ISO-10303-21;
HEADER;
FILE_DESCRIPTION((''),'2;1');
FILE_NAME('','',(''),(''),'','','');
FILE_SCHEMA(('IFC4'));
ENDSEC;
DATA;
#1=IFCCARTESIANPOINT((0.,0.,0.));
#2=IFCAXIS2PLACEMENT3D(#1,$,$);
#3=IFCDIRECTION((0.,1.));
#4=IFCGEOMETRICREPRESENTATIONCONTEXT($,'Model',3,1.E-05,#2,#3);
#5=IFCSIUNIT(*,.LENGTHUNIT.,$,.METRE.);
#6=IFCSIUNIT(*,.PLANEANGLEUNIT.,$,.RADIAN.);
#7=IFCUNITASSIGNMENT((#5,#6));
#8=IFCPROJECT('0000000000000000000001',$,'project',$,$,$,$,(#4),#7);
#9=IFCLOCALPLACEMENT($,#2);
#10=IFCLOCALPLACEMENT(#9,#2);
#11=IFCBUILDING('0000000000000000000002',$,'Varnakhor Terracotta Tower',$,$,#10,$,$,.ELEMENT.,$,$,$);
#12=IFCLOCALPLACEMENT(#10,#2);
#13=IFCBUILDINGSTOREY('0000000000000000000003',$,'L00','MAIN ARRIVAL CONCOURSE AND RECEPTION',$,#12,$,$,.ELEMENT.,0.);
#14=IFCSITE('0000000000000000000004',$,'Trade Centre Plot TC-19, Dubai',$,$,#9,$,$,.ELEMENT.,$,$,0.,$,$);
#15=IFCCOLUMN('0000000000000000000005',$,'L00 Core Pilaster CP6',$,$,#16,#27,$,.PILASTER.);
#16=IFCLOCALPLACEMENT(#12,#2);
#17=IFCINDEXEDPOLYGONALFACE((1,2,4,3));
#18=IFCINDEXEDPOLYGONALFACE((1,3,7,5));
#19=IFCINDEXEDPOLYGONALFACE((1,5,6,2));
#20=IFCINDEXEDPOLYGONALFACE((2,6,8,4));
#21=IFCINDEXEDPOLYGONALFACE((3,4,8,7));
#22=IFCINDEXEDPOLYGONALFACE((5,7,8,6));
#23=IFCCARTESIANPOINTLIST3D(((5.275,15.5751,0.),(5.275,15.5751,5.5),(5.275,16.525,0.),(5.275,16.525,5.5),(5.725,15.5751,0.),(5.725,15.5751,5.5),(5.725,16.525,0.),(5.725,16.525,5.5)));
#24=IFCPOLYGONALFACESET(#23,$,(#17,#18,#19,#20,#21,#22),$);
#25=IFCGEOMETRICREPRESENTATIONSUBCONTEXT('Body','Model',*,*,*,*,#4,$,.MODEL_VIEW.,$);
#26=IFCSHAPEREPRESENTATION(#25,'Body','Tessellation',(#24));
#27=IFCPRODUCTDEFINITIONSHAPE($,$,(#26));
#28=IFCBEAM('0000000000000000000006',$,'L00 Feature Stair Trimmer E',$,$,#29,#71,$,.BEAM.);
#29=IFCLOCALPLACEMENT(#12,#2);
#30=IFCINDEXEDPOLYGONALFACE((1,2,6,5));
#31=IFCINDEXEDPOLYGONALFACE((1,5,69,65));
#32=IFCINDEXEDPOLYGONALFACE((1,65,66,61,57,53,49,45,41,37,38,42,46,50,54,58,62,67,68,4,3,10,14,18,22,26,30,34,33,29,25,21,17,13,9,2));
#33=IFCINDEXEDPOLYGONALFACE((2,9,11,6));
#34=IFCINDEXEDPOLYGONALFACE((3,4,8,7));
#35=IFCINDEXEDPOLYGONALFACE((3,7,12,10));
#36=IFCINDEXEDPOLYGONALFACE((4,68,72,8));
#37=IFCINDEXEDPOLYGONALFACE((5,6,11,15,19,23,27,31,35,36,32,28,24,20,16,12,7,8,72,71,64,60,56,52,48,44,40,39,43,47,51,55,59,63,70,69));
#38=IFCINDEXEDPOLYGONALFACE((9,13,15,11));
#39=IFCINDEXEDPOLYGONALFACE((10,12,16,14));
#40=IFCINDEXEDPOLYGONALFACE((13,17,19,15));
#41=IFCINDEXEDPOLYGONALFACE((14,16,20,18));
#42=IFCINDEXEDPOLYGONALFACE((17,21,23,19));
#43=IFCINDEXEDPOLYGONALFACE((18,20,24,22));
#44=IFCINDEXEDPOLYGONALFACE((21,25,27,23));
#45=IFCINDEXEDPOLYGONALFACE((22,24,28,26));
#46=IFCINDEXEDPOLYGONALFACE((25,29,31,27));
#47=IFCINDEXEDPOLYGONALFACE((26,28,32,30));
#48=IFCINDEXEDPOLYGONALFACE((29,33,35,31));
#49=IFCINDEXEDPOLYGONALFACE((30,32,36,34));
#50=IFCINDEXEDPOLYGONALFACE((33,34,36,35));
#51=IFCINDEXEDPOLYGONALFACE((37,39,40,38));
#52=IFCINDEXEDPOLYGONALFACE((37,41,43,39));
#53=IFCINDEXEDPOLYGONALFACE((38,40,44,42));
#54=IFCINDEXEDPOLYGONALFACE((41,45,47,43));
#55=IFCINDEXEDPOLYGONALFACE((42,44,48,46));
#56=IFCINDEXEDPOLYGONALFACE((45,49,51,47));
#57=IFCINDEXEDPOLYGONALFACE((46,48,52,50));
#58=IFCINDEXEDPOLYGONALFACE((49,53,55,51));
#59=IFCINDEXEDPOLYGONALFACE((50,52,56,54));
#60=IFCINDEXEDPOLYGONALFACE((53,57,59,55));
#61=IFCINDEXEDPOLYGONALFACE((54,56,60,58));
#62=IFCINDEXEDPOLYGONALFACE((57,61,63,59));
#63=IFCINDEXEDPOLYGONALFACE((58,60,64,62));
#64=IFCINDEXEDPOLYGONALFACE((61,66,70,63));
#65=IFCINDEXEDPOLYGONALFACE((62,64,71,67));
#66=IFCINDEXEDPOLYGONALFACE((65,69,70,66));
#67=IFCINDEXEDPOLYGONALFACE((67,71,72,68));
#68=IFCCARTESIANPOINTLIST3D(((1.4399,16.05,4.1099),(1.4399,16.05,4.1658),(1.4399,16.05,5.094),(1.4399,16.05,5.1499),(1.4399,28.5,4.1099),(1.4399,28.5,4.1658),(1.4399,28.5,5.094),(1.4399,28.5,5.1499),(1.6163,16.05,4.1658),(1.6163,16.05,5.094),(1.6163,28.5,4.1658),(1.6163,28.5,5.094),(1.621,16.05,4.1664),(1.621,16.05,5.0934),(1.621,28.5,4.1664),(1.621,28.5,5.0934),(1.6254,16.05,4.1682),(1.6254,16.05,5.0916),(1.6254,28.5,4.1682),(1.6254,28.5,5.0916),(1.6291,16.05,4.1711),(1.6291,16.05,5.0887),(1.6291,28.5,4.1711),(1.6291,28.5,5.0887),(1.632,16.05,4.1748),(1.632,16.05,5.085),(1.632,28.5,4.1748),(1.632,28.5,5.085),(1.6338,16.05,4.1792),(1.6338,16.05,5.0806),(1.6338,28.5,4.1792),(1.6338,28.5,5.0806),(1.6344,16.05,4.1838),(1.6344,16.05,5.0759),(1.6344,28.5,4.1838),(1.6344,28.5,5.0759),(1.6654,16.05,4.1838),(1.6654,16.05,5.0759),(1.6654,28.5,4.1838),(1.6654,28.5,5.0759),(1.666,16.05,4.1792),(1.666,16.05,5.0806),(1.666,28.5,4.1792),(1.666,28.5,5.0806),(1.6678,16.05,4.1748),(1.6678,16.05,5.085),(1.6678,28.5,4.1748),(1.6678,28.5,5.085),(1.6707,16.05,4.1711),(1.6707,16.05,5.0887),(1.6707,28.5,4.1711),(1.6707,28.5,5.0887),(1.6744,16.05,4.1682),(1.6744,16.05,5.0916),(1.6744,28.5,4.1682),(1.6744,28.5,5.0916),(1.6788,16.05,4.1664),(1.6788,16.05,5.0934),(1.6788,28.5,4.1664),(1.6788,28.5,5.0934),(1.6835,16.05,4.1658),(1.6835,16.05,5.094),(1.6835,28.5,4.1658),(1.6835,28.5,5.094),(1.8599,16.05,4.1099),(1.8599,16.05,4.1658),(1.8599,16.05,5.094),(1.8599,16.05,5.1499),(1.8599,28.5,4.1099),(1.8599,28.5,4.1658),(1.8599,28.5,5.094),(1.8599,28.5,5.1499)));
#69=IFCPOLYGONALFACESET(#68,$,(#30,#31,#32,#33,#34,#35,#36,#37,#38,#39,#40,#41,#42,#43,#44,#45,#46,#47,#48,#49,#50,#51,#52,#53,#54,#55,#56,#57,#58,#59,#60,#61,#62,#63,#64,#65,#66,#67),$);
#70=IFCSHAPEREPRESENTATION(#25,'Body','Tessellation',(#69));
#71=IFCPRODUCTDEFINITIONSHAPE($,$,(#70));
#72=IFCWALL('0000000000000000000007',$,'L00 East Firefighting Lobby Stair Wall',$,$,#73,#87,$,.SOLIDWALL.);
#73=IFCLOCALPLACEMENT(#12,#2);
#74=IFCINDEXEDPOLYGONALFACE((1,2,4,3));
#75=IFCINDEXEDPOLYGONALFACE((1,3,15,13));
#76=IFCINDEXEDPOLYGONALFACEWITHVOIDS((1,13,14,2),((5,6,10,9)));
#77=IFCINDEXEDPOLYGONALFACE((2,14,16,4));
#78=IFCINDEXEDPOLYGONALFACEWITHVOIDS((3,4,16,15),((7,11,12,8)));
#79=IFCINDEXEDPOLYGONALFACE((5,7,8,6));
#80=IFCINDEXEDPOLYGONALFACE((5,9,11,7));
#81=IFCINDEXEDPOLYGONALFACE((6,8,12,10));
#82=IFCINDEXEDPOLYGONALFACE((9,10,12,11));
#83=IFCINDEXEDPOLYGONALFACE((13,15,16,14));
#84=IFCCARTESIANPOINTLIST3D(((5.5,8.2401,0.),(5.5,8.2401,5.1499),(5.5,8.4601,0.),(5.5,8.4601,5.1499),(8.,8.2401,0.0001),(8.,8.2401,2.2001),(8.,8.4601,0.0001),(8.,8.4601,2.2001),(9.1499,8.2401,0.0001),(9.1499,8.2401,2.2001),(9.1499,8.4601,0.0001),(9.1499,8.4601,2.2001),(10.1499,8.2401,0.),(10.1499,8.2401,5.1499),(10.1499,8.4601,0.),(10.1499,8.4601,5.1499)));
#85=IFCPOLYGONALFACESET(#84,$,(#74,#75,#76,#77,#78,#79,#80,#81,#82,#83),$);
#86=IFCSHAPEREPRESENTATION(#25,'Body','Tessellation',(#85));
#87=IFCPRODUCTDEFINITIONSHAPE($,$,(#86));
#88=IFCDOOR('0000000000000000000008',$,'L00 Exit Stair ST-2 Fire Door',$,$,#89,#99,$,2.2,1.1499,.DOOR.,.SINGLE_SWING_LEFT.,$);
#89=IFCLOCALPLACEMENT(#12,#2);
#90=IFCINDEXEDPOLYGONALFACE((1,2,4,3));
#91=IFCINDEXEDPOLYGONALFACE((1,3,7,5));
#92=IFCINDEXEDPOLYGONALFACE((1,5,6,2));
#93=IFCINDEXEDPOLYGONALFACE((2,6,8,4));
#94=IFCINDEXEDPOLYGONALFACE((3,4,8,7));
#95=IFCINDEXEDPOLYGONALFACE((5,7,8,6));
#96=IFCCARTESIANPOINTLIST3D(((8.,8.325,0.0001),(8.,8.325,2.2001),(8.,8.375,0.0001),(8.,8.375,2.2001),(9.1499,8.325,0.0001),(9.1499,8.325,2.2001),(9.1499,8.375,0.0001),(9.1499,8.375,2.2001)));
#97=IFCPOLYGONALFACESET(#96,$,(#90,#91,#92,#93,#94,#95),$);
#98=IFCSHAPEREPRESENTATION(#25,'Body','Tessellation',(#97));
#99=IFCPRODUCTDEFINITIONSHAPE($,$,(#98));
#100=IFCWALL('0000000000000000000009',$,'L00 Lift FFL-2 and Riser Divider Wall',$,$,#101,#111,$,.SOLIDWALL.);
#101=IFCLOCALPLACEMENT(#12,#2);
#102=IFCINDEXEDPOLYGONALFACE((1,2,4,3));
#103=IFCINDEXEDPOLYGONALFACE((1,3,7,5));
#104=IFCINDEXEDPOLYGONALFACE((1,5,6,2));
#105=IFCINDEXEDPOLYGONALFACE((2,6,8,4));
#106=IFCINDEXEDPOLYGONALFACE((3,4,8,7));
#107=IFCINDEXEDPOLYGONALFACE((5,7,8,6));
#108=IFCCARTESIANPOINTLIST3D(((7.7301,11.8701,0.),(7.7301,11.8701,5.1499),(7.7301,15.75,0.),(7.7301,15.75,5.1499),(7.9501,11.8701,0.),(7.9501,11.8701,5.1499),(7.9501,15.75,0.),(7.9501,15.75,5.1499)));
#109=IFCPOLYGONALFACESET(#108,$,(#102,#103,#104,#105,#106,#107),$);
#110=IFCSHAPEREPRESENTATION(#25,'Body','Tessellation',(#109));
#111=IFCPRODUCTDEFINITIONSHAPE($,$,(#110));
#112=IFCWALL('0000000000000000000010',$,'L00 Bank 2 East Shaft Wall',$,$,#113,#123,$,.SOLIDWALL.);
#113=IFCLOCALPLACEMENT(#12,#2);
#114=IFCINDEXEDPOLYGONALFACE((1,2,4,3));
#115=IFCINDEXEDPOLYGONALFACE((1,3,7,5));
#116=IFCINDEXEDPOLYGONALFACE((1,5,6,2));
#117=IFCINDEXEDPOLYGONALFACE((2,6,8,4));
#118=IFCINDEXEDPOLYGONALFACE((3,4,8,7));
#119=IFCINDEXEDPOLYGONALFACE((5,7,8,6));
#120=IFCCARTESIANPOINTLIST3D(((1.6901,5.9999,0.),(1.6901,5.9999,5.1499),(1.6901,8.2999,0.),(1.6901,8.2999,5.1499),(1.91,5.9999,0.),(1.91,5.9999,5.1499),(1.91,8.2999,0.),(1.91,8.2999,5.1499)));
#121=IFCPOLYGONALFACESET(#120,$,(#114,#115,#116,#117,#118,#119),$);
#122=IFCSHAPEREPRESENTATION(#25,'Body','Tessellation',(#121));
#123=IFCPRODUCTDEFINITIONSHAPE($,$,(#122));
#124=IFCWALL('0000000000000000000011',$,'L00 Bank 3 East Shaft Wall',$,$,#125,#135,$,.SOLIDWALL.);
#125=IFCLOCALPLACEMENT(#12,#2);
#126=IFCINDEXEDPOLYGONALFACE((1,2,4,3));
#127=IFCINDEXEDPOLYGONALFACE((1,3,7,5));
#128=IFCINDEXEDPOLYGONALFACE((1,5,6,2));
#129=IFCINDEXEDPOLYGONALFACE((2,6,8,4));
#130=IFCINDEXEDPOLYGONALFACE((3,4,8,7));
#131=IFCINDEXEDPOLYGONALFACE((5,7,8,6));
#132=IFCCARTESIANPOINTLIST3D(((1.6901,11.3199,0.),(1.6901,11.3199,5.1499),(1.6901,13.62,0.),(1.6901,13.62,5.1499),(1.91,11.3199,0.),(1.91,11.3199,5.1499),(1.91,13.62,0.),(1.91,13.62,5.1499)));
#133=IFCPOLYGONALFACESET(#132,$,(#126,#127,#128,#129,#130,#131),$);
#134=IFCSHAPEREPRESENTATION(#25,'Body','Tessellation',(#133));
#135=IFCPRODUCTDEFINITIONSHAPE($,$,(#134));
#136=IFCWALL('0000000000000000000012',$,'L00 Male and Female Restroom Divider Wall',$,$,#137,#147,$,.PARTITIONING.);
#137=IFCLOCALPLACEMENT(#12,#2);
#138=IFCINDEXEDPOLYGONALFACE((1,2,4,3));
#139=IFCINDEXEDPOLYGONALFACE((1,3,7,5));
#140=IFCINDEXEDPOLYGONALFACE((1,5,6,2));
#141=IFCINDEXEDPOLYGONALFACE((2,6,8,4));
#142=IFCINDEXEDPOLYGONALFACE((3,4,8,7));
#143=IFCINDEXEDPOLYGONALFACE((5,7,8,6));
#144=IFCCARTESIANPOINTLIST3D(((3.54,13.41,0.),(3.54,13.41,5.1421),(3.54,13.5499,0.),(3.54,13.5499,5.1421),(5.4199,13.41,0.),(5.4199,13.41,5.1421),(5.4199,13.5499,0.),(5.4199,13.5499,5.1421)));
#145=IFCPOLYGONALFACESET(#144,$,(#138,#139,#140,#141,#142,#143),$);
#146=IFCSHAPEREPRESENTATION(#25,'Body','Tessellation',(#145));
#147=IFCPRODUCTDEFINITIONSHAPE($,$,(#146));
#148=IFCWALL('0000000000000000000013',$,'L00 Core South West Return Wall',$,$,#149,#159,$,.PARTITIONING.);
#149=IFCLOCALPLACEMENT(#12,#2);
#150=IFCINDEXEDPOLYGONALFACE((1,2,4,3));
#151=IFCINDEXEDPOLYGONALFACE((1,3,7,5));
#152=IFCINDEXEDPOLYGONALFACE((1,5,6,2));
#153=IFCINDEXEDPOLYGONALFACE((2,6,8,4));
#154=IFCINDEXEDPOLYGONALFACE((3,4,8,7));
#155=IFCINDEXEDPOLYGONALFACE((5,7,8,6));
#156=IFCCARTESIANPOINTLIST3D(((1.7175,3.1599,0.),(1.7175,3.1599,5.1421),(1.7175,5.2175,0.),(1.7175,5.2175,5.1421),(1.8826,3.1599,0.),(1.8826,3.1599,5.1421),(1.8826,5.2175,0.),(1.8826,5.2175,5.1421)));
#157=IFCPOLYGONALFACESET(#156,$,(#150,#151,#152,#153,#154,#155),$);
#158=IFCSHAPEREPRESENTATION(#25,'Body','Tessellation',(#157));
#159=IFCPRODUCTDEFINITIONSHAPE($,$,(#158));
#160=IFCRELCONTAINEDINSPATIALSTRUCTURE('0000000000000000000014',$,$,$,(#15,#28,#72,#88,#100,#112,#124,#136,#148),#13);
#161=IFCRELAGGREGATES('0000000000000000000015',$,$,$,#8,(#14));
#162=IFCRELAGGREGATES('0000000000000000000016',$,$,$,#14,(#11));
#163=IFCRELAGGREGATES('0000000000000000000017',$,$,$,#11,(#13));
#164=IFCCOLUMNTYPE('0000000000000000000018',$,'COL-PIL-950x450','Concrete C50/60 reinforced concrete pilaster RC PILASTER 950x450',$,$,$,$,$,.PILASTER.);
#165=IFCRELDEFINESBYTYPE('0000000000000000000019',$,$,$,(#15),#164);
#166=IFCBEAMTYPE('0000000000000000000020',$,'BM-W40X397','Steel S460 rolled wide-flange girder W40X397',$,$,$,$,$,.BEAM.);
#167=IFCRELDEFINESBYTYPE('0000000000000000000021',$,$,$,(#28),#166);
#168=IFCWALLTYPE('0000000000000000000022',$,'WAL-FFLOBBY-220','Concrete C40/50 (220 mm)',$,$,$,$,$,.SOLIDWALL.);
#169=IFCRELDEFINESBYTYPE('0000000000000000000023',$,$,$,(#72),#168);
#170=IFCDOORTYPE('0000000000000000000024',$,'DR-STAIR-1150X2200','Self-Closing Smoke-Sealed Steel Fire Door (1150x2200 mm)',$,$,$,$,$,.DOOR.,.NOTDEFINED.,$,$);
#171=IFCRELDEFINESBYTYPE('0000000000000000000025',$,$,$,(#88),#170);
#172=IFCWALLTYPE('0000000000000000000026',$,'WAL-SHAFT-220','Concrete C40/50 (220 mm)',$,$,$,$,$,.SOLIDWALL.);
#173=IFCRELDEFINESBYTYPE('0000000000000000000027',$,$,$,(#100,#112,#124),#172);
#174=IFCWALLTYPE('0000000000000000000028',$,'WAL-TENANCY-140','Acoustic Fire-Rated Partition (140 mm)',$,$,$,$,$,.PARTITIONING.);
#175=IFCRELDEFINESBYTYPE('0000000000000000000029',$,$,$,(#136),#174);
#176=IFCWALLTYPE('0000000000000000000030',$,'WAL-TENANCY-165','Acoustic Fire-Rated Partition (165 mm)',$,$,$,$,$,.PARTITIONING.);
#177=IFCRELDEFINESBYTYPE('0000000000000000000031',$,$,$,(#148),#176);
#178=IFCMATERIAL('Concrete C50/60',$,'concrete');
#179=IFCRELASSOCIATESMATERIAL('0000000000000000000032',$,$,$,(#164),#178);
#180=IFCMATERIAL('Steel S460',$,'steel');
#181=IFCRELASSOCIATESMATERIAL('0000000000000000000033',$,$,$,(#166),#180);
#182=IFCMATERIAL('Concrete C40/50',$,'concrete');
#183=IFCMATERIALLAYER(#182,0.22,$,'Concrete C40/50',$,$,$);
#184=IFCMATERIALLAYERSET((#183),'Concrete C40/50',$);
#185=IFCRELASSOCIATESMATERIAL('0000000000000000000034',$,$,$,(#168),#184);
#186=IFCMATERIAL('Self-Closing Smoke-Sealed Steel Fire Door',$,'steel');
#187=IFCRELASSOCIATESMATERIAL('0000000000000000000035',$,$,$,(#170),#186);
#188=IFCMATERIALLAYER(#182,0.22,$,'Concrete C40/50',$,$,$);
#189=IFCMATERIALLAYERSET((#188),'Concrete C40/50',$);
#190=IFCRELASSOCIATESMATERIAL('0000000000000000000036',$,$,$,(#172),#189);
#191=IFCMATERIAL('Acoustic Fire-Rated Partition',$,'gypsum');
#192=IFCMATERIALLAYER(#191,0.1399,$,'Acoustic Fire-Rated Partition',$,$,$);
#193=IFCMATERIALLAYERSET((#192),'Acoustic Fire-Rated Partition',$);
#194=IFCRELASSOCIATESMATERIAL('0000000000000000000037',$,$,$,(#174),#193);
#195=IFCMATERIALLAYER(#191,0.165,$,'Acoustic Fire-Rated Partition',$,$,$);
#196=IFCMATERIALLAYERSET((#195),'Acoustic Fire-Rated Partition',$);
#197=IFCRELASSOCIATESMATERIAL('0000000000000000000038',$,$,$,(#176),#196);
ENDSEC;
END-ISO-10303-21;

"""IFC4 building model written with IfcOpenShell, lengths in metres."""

from ifc_helpers import new_model, si_unit, direction, frame, frame_2d, origin, origin_2d, place, context, subcontext, project, spatial, rectangle, i_section, extrude, source, transform, mapped, material, layer, layer_set, material_profile, profile_set, type_object, type_shapes, element, fill, save


model = new_model("IFC4")

# Units and contexts
model_context = context("Model", 3, precision=1e-05, world=origin(), true_north=direction((0.0, 1.0)))
body_context = subcontext(model_context, "Body", "Model", "MODEL_VIEW")
ifc_project = project(units=[si_unit("LENGTHUNIT", "METRE"), si_unit("PLANEANGLEUNIT", "RADIAN")], contexts=[model_context])

# Site, building, storey
site_placement = place(None, origin())
site = spatial("IfcSite", under=ifc_project, at=site_placement, Name="Trade Centre Plot TC-19, Dubai", CompositionType="ELEMENT", RefElevation=0.0)
building_placement = place(site_placement, origin())
building = spatial("IfcBuilding", under=site, at=building_placement, Name="Varnakhor Terracotta Tower", CompositionType="ELEMENT")
storey_placement = place(building_placement, origin())
storey = spatial("IfcBuildingStorey", under=building, at=storey_placement, Name="L00", Description="MAIN ARRIVAL CONCOURSE AND RECEPTION", CompositionType="ELEMENT", Elevation=0.0)

# Column
ifc_material_1 = material(Name="Concrete C50/60", Category="concrete")
ifc_material_profile_1 = material_profile(ifc_material_1, rectangle(XDim=0.45, YDim=0.95, at=origin_2d()), Name="RC PILASTER 950x450")
ifc_profile_set_1 = profile_set([ifc_material_profile_1], Name="Concrete C50/60")
column_type = type_object("IfcColumnType", Name="COL-PIL-950x450", Description="Concrete C50/60 reinforced concrete pilaster RC PILASTER 950x450", PredefinedType="PILASTER", material=ifc_profile_set_1)
shared_shape_1 = source(origin(), body_context, "Body", "SweptSolid", [
    extrude(rectangle(XDim=0.45, YDim=0.95, at=origin_2d()), origin(), (0.0, 0.0, 1.0), 5.5),
])
column_placement = place(storey_placement, frame((5.5, 16.05, 0.0), z_axis=(0.0, 0.0, 1.0), x_axis=(1.0, 0.0, 0.0)))
element("IfcColumn", 1, at=column_placement, inside=storey, type_object=column_type, Name="L00 Core Pilaster CP6", PredefinedType="PILASTER", context=body_context, shape_type="MappedRepresentation", body=[
    mapped(shared_shape_1, transform((0.0, 0.0, 0.0), scale=1.0)),
])

# Beam
ifc_material_2 = material(Name="Steel S460", Category="steel")
ifc_material_profile_2 = material_profile(ifc_material_2, i_section(OverallWidth=0.4199, OverallDepth=1.04, WebThickness=0.031, FlangeThickness=0.0559, FilletRadius=0.0181, at=origin_2d()), Name="W40X397")
ifc_profile_set_2 = profile_set([ifc_material_profile_2], Name="Steel S460")
beam_type = type_object("IfcBeamType", Name="BM-W40X397", Description="Steel S460 rolled wide-flange girder W40X397", PredefinedType="BEAM", material=ifc_profile_set_2)
shared_shape_2 = source(origin(), body_context, "Body", "SweptSolid", [
    extrude(i_section(OverallWidth=0.4199, OverallDepth=1.04, WebThickness=0.031, FlangeThickness=0.0559, FilletRadius=0.0181, at=origin_2d()), origin(), (0.0, 0.0, 1.0), 12.45),
])
beam_placement = place(storey_placement, frame((1.6499, 16.05, 4.6299), z_axis=(0.0, 1.0, 0.0), x_axis=(-1.0, 0.0, 0.0)))
element("IfcBeam", 2, at=beam_placement, inside=storey, type_object=beam_type, Name="L00 Feature Stair Trimmer E", PredefinedType="BEAM", context=body_context, shape_type="MappedRepresentation", body=[
    mapped(shared_shape_2, transform((0.0, 0.0, 0.0), scale=1.0)),
])

# Wall, opening, door
ifc_material_3 = material(Name="Concrete C40/50", Category="concrete")
ifc_layer_1 = layer(ifc_material_3, 0.22, Name="Concrete C40/50")
ifc_layer_set_1 = layer_set([ifc_layer_1], Name="Concrete C40/50")
wall_type_1 = type_object("IfcWallType", Name="WAL-FFLOBBY-220", Description="Concrete C40/50 (220 mm)", PredefinedType="SOLIDWALL", material=ifc_layer_set_1)
wall_1_placement = place(storey_placement, frame((5.5, 8.3501, 0.0), z_axis=(0.0, 0.0, 1.0), x_axis=(1.0, 0.0, 0.0)))
wall_1 = element("IfcWall", 3, at=wall_1_placement, inside=storey, type_object=wall_type_1, Name="L00 East Firefighting Lobby Stair Wall", PredefinedType="SOLIDWALL", context=body_context, shape_type="SweptSolid", body=[
    extrude(rectangle(XDim=4.6499, YDim=0.22, at=frame_2d((2.325, 0.0))), origin(), (0.0, 0.0, 1.0), 5.1499),
])
opening_1_placement = place(wall_1_placement, frame((2.5, 0.0, 0.0)))
opening_1 = element("IfcOpeningElement", 4, at=opening_1_placement, cuts=wall_1, PredefinedType="OPENING", context=body_context, shape_type="SweptSolid", body=[
    extrude(rectangle(XDim=1.1499, YDim=2.2, at=frame_2d((0.575, 1.1001))), frame((0.0, 0.1201, 0.0), z_axis=(0.0, -1.0, 0.0), x_axis=(1.0, 0.0, 0.0)), (0.0, 0.0, 1.0), 0.24),
])
ifc_material_4 = material(Name="Self-Closing Smoke-Sealed Steel Fire Door", Category="steel")
door_type_1 = type_object("IfcDoorType", Name="DR-STAIR-1150X2200", Description="Self-Closing Smoke-Sealed Steel Fire Door (1150x2200 mm)", OperationType="NOTDEFINED", PredefinedType="DOOR", material=ifc_material_4)
shared_shape_3 = source(origin(), body_context, "Body", "SweptSolid", [
    extrude(rectangle(XDim=1.1499, YDim=2.2, at=frame_2d((0.575, 1.1001))), frame((0.0, 0.0249, 0.0), z_axis=(0.0, -1.0, 0.0), x_axis=(1.0, 0.0, 0.0)), (0.0, 0.0, 1.0), 0.05),
])
type_shapes(door_type_1, [shared_shape_3])
door_1_placement = place(opening_1_placement, origin())
door_1 = element("IfcDoor", 5, at=door_1_placement, inside=storey, type_object=door_type_1, Name="L00 Exit Stair ST-2 Fire Door", OperationType="SINGLE_SWING_LEFT", OverallHeight=2.2, OverallWidth=1.1499, PredefinedType="DOOR", context=body_context, shape_type="MappedRepresentation", body=[
    mapped(shared_shape_3, transform((0.0, 0.0, 0.0), scale=1.0)),
])
fill(opening_1, door_1)

# Walls
ifc_layer_2 = layer(ifc_material_3, 0.22, Name="Concrete C40/50")
ifc_layer_set_2 = layer_set([ifc_layer_2], Name="Concrete C40/50")
wall_type_2 = type_object("IfcWallType", Name="WAL-SHAFT-220", Description="Concrete C40/50 (220 mm)", PredefinedType="SOLIDWALL", material=ifc_layer_set_2)
wall_2_placement = place(storey_placement, frame((7.8401, 11.8701, 0.0), z_axis=(0.0, 0.0, 1.0), x_axis=(0.0, 1.0, 0.0)))
element("IfcWall", 6, at=wall_2_placement, inside=storey, type_object=wall_type_2, Name="L00 Lift FFL-2 and Riser Divider Wall", PredefinedType="SOLIDWALL", context=body_context, shape_type="SweptSolid", body=[
    extrude(rectangle(XDim=3.8799, YDim=0.22, at=frame_2d((1.9399, 0.0))), origin(), (0.0, 0.0, 1.0), 5.1499),
])
for number, where, z_axis, x_axis, name in (
    (7, (1.8, 6.0, 0.0), (0.0, 0.0, 1.0), (0.0, 1.0, 0.0), "L00 Bank 2 East Shaft Wall"),
    (8, (1.8, 11.3201, 0.0), (0.0, 0.0, 1.0), (0.0, 1.0, 0.0), "L00 Bank 3 East Shaft Wall"),
):
    element("IfcWall", number, at=place(storey_placement, frame(where, z_axis=z_axis, x_axis=x_axis)), inside=storey, type_object=wall_type_2, Name=name, PredefinedType="SOLIDWALL", context=body_context, shape_type="SweptSolid", body=[
        extrude(rectangle(XDim=2.3, YDim=0.22, at=frame_2d((1.1499, 0.0))), origin(), (0.0, 0.0, 1.0), 5.1499),
    ])
ifc_material_5 = material(Name="Acoustic Fire-Rated Partition", Category="gypsum")
ifc_layer_3 = layer(ifc_material_5, 0.1399, Name="Acoustic Fire-Rated Partition")
ifc_layer_set_3 = layer_set([ifc_layer_3], Name="Acoustic Fire-Rated Partition")
wall_type_3 = type_object("IfcWallType", Name="WAL-TENANCY-140", Description="Acoustic Fire-Rated Partition (140 mm)", PredefinedType="PARTITIONING", material=ifc_layer_set_3)
wall_3_placement = place(storey_placement, frame((3.54, 13.48, 0.0), z_axis=(0.0, 0.0, 1.0), x_axis=(1.0, 0.0, 0.0)))
element("IfcWall", 9, at=wall_3_placement, inside=storey, type_object=wall_type_3, Name="L00 Male and Female Restroom Divider Wall", PredefinedType="PARTITIONING", context=body_context, shape_type="SweptSolid", body=[
    extrude(rectangle(XDim=1.8799, YDim=0.1399, at=frame_2d((0.9399, 0.0))), origin(), (0.0, 0.0, 1.0), 5.1421),
])
ifc_layer_4 = layer(ifc_material_5, 0.165, Name="Acoustic Fire-Rated Partition")
ifc_layer_set_4 = layer_set([ifc_layer_4], Name="Acoustic Fire-Rated Partition")
wall_type_4 = type_object("IfcWallType", Name="WAL-TENANCY-165", Description="Acoustic Fire-Rated Partition (165 mm)", PredefinedType="PARTITIONING", material=ifc_layer_set_4)
wall_4_placement = place(storey_placement, frame((1.8, 3.1599, 0.0), z_axis=(0.0, 0.0, 1.0), x_axis=(0.0, 1.0, 0.0)))
element("IfcWall", 10, at=wall_4_placement, inside=storey, type_object=wall_type_4, Name="L00 Core South West Return Wall", PredefinedType="PARTITIONING", context=body_context, shape_type="SweptSolid", body=[
    extrude(rectangle(XDim=2.0576, YDim=0.165, at=frame_2d((1.0288, 0.0))), origin(), (0.0, 0.0, 1.0), 5.1421),
])

save(model, "model.ifc")
